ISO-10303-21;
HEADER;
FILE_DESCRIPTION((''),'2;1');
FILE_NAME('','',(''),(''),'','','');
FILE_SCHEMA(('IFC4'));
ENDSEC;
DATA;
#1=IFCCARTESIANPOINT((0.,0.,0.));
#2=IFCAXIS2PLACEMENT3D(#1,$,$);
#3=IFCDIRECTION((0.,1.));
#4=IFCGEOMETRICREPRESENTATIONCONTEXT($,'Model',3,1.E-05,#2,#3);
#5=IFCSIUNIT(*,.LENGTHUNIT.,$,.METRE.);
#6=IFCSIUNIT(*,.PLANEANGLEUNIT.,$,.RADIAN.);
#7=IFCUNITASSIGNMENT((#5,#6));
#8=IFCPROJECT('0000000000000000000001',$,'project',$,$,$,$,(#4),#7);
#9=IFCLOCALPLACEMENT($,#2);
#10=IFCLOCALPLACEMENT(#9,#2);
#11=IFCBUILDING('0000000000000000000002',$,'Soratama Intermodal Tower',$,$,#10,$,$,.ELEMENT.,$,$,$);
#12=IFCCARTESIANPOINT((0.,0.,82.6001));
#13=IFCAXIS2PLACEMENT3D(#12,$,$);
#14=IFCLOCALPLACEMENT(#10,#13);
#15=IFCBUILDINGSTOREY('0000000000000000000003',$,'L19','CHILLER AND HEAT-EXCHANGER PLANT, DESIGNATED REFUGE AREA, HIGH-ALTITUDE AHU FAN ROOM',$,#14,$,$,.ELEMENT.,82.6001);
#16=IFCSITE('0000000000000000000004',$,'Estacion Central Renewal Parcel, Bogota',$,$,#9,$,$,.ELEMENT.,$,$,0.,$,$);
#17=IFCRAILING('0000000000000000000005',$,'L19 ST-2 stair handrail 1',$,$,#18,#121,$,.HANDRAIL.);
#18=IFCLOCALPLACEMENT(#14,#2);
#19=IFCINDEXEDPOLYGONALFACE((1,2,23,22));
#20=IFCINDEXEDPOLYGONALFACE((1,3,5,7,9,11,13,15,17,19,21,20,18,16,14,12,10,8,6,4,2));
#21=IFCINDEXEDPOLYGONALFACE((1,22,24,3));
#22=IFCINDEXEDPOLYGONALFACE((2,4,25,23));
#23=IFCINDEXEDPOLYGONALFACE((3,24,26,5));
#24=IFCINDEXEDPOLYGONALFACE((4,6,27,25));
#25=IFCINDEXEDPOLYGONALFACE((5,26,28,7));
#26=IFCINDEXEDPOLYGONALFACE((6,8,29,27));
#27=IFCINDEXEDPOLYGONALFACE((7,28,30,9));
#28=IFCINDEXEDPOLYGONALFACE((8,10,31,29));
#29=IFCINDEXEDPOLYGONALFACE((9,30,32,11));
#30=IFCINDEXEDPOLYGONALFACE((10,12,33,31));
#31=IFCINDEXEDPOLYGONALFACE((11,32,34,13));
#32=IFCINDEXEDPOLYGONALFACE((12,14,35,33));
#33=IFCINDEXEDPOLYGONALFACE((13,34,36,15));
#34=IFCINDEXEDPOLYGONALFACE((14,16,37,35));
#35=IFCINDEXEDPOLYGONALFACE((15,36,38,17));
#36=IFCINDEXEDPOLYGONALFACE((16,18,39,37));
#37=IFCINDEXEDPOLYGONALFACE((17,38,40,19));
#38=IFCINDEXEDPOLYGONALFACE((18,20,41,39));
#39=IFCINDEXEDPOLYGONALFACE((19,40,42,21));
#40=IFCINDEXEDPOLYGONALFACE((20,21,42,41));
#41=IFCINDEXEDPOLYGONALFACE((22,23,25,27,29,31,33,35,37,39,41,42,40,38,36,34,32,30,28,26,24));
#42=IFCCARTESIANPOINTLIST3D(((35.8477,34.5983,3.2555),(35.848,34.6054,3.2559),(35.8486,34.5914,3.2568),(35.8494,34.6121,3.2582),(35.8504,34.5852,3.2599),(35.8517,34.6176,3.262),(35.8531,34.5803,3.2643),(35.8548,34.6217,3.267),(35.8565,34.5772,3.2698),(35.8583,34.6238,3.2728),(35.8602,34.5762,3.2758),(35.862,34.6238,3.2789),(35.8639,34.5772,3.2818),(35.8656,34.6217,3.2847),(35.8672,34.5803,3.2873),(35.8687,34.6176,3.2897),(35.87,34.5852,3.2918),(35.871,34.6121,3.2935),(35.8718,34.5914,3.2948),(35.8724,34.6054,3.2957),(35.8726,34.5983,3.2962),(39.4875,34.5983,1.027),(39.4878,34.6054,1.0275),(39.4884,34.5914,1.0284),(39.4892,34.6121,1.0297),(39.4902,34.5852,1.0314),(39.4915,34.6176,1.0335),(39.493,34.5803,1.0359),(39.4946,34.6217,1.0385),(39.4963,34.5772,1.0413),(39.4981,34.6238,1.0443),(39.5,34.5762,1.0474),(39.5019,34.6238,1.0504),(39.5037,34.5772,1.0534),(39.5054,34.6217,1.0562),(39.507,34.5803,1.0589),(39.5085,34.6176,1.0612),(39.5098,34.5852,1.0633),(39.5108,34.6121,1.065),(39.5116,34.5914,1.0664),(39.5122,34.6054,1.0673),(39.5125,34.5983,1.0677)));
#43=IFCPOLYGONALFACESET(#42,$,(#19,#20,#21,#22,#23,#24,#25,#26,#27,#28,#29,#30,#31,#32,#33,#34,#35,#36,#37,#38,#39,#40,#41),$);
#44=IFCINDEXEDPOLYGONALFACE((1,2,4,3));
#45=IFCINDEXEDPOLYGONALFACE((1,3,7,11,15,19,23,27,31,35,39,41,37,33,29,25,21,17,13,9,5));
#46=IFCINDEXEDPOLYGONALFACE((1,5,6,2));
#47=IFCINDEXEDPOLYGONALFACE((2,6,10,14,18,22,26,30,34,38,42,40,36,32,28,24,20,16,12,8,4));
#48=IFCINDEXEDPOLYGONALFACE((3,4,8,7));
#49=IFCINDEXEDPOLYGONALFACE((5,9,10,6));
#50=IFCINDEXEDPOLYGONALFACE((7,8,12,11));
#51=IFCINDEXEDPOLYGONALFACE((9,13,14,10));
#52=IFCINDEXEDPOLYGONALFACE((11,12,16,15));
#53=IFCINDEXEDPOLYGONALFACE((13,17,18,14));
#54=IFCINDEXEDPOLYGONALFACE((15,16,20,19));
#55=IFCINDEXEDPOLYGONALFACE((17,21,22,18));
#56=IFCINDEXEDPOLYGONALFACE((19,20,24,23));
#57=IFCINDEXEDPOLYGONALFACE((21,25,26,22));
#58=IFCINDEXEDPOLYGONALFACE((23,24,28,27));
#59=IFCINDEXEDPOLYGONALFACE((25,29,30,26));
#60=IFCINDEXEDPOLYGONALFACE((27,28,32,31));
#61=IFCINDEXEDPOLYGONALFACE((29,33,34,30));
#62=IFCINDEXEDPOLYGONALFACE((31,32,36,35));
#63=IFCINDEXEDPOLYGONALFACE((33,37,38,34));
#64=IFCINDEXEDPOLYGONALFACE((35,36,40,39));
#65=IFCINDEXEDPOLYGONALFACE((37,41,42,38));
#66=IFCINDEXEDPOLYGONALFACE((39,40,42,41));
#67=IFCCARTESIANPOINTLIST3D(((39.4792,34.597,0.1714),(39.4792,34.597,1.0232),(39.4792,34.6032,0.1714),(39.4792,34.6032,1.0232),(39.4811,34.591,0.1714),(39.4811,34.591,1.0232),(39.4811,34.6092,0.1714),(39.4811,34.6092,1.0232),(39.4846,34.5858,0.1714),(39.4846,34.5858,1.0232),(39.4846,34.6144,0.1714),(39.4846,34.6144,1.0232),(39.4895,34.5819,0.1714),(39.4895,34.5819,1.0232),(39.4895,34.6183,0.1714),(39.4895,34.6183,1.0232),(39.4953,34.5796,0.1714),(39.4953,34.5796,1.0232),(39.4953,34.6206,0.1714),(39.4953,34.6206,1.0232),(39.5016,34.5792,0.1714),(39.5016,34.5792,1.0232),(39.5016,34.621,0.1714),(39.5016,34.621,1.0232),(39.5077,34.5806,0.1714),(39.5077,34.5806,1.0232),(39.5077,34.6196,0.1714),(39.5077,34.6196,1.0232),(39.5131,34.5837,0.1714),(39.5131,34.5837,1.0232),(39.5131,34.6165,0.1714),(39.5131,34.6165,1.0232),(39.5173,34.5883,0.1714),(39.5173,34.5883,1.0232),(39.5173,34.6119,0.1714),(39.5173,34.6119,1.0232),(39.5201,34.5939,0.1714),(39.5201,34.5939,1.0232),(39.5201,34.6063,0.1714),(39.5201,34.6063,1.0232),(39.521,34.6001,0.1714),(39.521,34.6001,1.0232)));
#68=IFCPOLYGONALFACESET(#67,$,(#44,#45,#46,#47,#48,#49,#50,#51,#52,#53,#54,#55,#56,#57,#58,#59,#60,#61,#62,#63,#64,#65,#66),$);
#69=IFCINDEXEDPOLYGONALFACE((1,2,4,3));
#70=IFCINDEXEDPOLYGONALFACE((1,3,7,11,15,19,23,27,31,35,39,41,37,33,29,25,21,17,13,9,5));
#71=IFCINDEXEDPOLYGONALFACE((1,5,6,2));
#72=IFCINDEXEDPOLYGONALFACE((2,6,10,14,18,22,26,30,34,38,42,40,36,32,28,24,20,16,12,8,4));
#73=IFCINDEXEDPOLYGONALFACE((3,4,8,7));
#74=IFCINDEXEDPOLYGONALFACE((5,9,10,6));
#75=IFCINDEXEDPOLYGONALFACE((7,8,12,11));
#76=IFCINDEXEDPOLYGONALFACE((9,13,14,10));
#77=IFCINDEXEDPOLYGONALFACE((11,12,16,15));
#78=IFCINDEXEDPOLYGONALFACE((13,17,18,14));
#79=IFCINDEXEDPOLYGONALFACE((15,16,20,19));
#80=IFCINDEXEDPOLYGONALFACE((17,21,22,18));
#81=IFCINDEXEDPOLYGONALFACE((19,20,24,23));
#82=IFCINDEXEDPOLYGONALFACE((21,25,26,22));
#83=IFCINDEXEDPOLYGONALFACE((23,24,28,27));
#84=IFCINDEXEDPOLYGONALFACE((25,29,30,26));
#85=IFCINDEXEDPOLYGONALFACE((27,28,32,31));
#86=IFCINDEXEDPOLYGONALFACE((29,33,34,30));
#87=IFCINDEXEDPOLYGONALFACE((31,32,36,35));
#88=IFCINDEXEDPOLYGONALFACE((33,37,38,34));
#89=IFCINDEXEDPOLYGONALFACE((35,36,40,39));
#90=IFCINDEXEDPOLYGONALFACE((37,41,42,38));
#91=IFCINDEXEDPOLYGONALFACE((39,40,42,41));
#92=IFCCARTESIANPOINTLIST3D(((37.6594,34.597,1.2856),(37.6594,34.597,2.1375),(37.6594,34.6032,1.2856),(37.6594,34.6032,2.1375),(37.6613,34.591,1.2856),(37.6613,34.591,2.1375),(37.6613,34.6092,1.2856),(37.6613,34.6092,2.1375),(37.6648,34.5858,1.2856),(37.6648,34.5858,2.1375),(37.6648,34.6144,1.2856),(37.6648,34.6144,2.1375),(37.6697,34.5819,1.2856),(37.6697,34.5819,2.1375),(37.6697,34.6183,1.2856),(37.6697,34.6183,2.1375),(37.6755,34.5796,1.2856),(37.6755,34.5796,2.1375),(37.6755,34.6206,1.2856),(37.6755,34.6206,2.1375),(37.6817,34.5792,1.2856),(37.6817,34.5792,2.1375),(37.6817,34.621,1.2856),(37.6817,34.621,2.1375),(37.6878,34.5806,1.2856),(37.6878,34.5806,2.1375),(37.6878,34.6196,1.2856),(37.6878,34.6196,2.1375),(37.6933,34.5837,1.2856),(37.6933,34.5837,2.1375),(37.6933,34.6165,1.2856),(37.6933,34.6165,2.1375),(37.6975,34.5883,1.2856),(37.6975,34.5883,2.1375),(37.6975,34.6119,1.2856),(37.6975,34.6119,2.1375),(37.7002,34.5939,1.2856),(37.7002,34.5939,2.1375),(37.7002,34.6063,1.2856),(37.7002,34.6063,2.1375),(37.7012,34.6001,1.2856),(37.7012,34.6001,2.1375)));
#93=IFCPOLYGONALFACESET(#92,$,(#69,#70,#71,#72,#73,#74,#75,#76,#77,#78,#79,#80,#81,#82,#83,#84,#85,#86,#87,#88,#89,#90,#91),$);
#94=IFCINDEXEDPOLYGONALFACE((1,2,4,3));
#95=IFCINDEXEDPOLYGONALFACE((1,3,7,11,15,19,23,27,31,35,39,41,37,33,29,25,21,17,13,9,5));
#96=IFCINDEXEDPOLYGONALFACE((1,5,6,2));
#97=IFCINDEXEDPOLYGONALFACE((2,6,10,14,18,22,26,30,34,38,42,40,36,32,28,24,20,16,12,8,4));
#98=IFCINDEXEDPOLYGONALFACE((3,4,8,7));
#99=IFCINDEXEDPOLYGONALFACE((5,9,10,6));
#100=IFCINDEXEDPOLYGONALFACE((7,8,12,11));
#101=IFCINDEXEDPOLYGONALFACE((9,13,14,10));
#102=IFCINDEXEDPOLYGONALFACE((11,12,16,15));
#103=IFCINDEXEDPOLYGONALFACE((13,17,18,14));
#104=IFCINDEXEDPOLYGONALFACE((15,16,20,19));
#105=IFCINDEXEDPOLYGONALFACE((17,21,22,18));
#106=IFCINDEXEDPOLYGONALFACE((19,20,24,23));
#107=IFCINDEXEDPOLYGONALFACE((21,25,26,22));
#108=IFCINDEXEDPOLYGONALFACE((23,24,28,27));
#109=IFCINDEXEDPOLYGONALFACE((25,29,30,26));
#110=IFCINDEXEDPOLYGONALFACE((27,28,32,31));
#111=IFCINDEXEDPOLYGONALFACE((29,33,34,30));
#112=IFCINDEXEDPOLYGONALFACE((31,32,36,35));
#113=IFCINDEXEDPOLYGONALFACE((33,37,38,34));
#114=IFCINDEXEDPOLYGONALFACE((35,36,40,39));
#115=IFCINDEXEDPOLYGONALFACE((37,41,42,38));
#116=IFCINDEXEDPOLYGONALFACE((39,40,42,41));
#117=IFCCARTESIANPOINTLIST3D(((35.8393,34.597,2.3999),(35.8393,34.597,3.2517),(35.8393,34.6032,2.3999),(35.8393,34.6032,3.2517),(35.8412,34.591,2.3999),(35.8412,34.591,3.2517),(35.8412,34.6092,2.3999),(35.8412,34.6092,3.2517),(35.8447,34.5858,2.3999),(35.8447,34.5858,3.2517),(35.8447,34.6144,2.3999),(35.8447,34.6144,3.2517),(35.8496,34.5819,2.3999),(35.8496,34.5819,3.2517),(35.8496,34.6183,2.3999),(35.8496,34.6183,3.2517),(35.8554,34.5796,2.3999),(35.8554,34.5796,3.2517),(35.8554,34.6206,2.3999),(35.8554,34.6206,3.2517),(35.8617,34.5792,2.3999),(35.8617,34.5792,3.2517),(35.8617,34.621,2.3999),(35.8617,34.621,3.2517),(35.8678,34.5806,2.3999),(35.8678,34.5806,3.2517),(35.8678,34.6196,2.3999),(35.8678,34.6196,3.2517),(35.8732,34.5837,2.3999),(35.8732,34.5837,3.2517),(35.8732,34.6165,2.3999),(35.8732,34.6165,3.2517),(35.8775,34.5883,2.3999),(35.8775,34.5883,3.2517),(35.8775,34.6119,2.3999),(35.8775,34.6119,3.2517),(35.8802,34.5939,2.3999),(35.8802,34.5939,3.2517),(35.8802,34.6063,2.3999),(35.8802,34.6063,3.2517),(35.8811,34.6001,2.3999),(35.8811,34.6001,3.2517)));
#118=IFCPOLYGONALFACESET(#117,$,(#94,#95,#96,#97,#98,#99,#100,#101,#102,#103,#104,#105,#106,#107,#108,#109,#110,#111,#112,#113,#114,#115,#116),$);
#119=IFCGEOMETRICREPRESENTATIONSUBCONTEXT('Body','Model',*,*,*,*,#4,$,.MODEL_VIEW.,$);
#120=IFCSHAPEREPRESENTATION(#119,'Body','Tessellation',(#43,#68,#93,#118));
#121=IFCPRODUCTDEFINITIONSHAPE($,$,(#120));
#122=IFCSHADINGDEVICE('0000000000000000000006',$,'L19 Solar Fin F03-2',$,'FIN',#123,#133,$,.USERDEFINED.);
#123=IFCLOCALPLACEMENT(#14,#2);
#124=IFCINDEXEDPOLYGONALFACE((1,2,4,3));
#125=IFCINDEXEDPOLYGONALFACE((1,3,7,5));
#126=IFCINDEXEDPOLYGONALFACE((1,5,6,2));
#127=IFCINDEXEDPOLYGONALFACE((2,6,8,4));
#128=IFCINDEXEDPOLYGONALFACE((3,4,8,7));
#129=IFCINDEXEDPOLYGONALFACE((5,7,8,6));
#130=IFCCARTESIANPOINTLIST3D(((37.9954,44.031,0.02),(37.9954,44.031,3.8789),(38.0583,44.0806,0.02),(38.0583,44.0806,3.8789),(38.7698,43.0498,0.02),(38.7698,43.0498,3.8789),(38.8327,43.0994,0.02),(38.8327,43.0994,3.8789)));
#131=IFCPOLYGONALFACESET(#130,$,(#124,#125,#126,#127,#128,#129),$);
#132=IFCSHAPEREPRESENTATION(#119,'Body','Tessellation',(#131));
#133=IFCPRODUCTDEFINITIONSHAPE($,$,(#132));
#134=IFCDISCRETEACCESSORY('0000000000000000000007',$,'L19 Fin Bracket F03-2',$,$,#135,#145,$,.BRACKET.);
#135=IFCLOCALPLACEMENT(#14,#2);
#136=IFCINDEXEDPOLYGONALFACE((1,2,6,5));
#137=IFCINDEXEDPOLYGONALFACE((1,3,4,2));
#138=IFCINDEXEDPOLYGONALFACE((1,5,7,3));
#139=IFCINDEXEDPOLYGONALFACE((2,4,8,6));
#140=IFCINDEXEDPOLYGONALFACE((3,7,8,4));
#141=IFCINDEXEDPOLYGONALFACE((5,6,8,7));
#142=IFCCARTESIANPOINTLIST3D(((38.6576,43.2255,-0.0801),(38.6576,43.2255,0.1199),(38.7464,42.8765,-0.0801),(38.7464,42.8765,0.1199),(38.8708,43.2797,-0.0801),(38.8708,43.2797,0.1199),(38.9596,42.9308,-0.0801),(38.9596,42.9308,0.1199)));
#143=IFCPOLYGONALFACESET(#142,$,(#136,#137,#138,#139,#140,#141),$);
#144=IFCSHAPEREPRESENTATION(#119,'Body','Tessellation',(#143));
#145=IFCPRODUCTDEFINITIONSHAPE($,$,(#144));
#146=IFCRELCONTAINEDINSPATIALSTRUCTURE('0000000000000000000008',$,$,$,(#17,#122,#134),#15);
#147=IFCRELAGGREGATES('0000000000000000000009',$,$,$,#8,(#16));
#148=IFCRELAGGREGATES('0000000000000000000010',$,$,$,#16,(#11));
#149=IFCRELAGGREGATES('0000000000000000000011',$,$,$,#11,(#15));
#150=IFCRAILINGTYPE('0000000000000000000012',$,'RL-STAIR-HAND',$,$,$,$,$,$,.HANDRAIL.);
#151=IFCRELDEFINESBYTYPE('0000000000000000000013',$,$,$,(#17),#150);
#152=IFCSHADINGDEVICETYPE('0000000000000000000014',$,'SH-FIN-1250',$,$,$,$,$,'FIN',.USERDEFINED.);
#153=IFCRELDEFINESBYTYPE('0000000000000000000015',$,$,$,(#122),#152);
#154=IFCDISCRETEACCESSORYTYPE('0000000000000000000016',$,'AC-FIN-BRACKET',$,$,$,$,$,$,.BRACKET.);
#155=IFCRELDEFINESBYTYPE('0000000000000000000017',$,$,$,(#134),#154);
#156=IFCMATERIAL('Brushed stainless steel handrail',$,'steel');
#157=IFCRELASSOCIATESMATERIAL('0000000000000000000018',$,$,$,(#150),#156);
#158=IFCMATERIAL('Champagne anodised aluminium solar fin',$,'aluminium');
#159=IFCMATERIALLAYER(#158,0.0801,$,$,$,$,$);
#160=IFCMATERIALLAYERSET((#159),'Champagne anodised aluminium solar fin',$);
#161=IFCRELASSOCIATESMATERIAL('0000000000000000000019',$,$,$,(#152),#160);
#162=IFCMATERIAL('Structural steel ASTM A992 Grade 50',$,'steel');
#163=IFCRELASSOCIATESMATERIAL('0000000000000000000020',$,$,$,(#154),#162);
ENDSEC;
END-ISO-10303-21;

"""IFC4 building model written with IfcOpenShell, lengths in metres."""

from ifc_helpers import new_model, si_unit, direction, frame, origin, origin_2d, place, context, subcontext, project, spatial, rectangle, circle, extrude, material, layer, layer_set, type_object, element, save


model = new_model("IFC4")

# Units and contexts
model_context = context("Model", 3, precision=1e-05, world=origin(), true_north=direction((0.0, 1.0)))
body_context = subcontext(model_context, "Body", "Model", "MODEL_VIEW")
ifc_project = project(units=[si_unit("LENGTHUNIT", "METRE"), si_unit("PLANEANGLEUNIT", "RADIAN")], contexts=[model_context])

# Site, building, storey
site_placement = place(None, origin())
site = spatial("IfcSite", under=ifc_project, at=site_placement, Name="Estacion Central Renewal Parcel, Bogota", CompositionType="ELEMENT", RefElevation=0.0)
building_placement = place(site_placement, origin())
building = spatial("IfcBuilding", under=site, at=building_placement, Name="Soratama Intermodal Tower", CompositionType="ELEMENT")
storey_placement = place(building_placement, frame((0.0, 0.0, 82.6001)))
storey = spatial("IfcBuildingStorey", under=building, at=storey_placement, Name="L19", Description="CHILLER AND HEAT-EXCHANGER PLANT, DESIGNATED REFUGE AREA, HIGH-ALTITUDE AHU FAN ROOM", CompositionType="ELEMENT", Elevation=82.6001)

# Railing
ifc_material_1 = material(Name="Brushed stainless steel handrail", Category="steel")
railing_type_1 = type_object("IfcRailingType", Name="RL-STAIR-HAND", PredefinedType="HANDRAIL", material=ifc_material_1)
railing_1_placement = place(storey_placement, frame((39.5, 34.6001, 0.1714)))
element("IfcRailing", 1, at=railing_1_placement, inside=storey, type_object=railing_type_1, Name="L19 ST-2 stair handrail 1", PredefinedType="HANDRAIL", context=body_context, shape_type="SweptSolid", body=[
    extrude(circle(Radius=0.0239, at=origin_2d()), frame((0.0, 0.0, 0.876), z_axis=(-0.85285, 0.0, 0.522156), x_axis=(0.0, -1.0, 0.0)), (0.0, 0.0, 1.0), 4.2678),
    extrude(circle(Radius=0.021, at=origin_2d()), origin(), (0.0, 0.0, 1.0), 0.8518),
    extrude(circle(Radius=0.021, at=origin_2d()), frame((-1.8198, 0.0, 1.1143)), (0.0, 0.0, 1.0), 0.8518),
    extrude(circle(Radius=0.021, at=origin_2d()), frame((-3.6399, 0.0, 2.2285)), (0.0, 0.0, 1.0), 0.8518),
])

# Shading device
ifc_material_2 = material(Name="Champagne anodised aluminium solar fin", Category="aluminium")
ifc_layer_1 = layer(ifc_material_2, 0.0801)
ifc_layer_set_1 = layer_set([ifc_layer_1], Name="Champagne anodised aluminium solar fin")
shading_device_type = type_object("IfcShadingDeviceType", Name="SH-FIN-1250", ElementType="FIN", PredefinedType="USERDEFINED", material=ifc_layer_set_1)
shading_device_placement = place(storey_placement, frame((38.4141, 43.5652, 0.02), z_axis=(0.0, 0.0, 1.0), x_axis=(-0.619505, 0.784993, 0.0)))
element("IfcShadingDevice", 2, at=shading_device_placement, inside=storey, type_object=shading_device_type, Name="L19 Solar Fin F03-2", ObjectType="FIN", PredefinedType="USERDEFINED", context=body_context, shape_type="SweptSolid", body=[
    extrude(rectangle(XDim=1.25, YDim=0.0801, at=origin_2d()), origin(), (0.0, 0.0, 1.0), 3.8589),
])

# Discrete accessory
ifc_material_3 = material(Name="Structural steel ASTM A992 Grade 50", Category="steel")
discrete_accessory_type = type_object("IfcDiscreteAccessoryType", Name="AC-FIN-BRACKET", PredefinedType="BRACKET", material=ifc_material_3)
discrete_accessory_placement = place(storey_placement, frame((38.8086, 43.0781, -0.0801), z_axis=(0.0, 0.0, 1.0), x_axis=(-0.246661, 0.969102, 0.0)))
element("IfcDiscreteAccessory", 3, at=discrete_accessory_placement, inside=storey, type_object=discrete_accessory_type, Name="L19 Fin Bracket F03-2", PredefinedType="BRACKET", context=body_context, shape_type="SweptSolid", body=[
    extrude(rectangle(XDim=0.3601, YDim=0.22, at=origin_2d()), origin(), (0.0, 0.0, 1.0), 0.2),
])

save(model, "model.ifc")
